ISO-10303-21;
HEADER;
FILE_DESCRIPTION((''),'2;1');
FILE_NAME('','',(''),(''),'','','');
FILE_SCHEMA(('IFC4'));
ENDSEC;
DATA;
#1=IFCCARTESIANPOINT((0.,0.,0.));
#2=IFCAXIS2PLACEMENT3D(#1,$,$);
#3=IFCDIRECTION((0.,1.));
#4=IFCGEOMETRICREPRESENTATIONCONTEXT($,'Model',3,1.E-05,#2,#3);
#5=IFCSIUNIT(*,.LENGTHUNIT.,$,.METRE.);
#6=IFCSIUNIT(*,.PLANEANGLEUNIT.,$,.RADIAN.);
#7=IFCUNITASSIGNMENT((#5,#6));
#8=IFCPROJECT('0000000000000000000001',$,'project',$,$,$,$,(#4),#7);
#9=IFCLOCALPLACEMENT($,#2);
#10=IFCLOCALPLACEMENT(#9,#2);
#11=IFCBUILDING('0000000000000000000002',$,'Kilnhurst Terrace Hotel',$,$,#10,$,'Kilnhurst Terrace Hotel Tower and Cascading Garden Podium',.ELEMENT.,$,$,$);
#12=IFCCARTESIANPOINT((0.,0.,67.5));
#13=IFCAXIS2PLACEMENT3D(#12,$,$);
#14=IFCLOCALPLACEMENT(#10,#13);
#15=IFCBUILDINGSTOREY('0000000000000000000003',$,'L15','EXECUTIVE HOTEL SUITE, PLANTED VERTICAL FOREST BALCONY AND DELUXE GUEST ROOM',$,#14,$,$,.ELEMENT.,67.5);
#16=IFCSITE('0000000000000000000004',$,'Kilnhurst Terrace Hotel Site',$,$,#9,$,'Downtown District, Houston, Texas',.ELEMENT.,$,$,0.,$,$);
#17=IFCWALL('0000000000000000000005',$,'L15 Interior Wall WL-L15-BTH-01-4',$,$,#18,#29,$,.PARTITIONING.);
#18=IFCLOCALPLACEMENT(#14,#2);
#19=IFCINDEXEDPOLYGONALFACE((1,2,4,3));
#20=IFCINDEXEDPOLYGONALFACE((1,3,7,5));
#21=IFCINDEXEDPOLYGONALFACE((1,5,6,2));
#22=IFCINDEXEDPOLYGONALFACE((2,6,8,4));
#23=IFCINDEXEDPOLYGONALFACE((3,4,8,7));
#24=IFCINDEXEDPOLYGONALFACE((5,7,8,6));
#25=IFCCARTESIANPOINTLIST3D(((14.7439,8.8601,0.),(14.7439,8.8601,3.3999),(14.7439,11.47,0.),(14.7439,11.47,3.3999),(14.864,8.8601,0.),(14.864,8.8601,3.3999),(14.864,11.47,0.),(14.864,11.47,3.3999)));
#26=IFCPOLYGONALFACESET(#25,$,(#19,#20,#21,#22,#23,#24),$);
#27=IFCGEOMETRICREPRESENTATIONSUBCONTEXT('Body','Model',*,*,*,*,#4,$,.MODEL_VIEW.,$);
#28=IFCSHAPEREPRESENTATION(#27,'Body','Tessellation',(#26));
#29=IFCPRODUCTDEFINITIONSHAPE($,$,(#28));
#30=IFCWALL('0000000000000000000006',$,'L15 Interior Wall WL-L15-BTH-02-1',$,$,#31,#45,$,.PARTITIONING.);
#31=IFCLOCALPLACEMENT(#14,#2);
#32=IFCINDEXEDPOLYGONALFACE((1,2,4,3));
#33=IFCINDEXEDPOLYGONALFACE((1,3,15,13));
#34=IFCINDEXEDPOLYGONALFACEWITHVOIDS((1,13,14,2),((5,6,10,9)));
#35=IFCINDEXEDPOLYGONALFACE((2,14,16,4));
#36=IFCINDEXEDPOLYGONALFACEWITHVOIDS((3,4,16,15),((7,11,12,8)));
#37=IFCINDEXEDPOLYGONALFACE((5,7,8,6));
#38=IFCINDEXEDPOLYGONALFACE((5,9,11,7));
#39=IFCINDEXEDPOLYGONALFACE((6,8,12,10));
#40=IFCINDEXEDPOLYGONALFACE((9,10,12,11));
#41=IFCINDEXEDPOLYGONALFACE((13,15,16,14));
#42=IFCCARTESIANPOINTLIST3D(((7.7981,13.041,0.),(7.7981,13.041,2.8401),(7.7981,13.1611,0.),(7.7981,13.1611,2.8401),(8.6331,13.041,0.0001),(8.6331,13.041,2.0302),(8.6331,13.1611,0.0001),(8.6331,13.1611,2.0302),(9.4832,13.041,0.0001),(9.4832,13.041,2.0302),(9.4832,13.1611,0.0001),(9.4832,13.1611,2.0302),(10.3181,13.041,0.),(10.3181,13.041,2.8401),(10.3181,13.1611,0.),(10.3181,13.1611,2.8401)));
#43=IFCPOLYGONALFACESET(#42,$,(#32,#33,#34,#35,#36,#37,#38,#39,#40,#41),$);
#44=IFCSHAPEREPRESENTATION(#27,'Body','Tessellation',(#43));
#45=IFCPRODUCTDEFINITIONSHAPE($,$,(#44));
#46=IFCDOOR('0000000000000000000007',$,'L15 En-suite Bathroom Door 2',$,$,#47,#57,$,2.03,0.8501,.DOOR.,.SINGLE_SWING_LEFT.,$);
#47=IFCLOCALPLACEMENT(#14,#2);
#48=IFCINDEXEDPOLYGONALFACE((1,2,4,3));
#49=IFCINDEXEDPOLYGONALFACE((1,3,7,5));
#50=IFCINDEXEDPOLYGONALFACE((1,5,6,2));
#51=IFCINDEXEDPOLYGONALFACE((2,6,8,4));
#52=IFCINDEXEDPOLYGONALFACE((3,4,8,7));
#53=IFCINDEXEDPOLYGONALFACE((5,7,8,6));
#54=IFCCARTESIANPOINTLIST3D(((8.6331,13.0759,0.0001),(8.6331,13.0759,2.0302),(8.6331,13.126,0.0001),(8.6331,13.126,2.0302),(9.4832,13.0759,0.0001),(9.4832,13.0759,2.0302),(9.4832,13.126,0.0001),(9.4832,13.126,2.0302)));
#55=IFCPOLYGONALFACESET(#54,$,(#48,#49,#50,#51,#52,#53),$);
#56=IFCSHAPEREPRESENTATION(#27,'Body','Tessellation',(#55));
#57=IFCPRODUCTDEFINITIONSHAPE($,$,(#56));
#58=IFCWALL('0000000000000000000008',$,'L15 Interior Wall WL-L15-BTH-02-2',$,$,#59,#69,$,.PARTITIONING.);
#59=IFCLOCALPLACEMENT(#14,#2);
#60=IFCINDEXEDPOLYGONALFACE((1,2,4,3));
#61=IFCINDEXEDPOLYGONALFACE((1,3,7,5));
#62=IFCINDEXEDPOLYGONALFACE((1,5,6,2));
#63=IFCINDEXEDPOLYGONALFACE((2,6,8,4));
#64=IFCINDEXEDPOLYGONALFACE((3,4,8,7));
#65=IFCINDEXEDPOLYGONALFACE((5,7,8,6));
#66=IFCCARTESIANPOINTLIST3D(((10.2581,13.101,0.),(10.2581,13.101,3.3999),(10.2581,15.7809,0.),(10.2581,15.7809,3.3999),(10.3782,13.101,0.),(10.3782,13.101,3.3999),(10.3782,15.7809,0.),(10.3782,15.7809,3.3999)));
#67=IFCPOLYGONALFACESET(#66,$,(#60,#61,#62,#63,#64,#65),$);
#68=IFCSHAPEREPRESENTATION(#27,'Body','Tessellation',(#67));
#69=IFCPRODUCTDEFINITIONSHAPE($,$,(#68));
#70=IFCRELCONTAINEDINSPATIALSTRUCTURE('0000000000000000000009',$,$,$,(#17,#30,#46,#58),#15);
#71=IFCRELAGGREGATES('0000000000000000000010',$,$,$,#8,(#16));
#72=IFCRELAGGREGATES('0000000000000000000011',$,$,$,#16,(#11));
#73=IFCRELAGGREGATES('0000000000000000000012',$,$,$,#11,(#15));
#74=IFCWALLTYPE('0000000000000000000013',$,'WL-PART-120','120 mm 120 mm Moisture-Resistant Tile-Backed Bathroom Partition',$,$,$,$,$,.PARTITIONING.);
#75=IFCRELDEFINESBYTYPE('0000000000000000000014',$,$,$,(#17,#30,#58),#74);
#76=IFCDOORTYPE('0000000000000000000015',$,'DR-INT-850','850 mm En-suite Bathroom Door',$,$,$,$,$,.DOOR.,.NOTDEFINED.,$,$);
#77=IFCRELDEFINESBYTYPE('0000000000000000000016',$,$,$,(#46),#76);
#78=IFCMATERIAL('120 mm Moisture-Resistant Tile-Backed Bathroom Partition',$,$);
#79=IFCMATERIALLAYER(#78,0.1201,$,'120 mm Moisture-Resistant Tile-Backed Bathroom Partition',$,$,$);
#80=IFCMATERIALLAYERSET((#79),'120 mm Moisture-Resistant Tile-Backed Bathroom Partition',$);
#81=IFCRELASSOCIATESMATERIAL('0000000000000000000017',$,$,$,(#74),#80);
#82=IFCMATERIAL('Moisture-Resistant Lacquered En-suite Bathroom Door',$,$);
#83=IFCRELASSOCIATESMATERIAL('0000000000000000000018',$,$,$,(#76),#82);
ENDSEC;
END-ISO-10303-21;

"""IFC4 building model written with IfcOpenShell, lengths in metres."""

from ifc_helpers import new_model, si_unit, direction, frame, frame_2d, origin, place, context, subcontext, project, spatial, rectangle, extrude, material, layer, layer_set, type_object, element, fill, save


model = new_model("IFC4")

# Units and contexts
model_context = context("Model", 3, precision=1e-05, world=origin(), true_north=direction((0.0, 1.0)))
body_context = subcontext(model_context, "Body", "Model", "MODEL_VIEW")
ifc_project = project(units=[si_unit("LENGTHUNIT", "METRE"), si_unit("PLANEANGLEUNIT", "RADIAN")], contexts=[model_context])

# Site, building, storey
site_placement = place(None, origin())
site = spatial("IfcSite", under=ifc_project, at=site_placement, Name="Kilnhurst Terrace Hotel Site", LongName="Downtown District, Houston, Texas", CompositionType="ELEMENT", RefElevation=0.0)
building_placement = place(site_placement, origin())
building = spatial("IfcBuilding", under=site, at=building_placement, Name="Kilnhurst Terrace Hotel", LongName="Kilnhurst Terrace Hotel Tower and Cascading Garden Podium", CompositionType="ELEMENT")
storey_placement = place(building_placement, frame((0.0, 0.0, 67.5)))
storey = spatial("IfcBuildingStorey", under=building, at=storey_placement, Name="L15", Description="EXECUTIVE HOTEL SUITE, PLANTED VERTICAL FOREST BALCONY AND DELUXE GUEST ROOM", CompositionType="ELEMENT", Elevation=67.5)

# Shared definitions
ifc_material_1 = material(Name="120 mm Moisture-Resistant Tile-Backed Bathroom Partition")
ifc_layer_1 = layer(ifc_material_1, 0.1201, Name="120 mm Moisture-Resistant Tile-Backed Bathroom Partition")
ifc_layer_set_1 = layer_set([ifc_layer_1], Name="120 mm Moisture-Resistant Tile-Backed Bathroom Partition")
wall_type_1 = type_object("IfcWallType", Name="WL-PART-120", Description="120 mm 120 mm Moisture-Resistant Tile-Backed Bathroom Partition", PredefinedType="PARTITIONING", material=ifc_layer_set_1)
ifc_material_2 = material(Name="Moisture-Resistant Lacquered En-suite Bathroom Door")
door_type_1 = type_object("IfcDoorType", Name="DR-INT-850", Description="850 mm En-suite Bathroom Door", OperationType="NOTDEFINED", PredefinedType="DOOR", material=ifc_material_2)

# Wall
wall_1_placement = place(storey_placement, frame((14.804, 11.47, 0.0), z_axis=(0.0, 0.0, 1.0), x_axis=(0.0, -1.0, 0.0)))
element("IfcWall", 1, at=wall_1_placement, inside=storey, type_object=wall_type_1, Name="L15 Interior Wall WL-L15-BTH-01-4", PredefinedType="PARTITIONING", context=body_context, shape_type="SweptSolid", body=[
    extrude(rectangle(XDim=2.6099, YDim=0.1201, at=frame_2d((1.3049, 0.0))), origin(), (0.0, 0.0, 1.0), 3.3999),
])

# Wall, opening, door
wall_2_placement = place(storey_placement, frame((7.7981, 13.1011, 0.0), z_axis=(0.0, 0.0, 1.0), x_axis=(1.0, 0.0, 0.0)))
wall_2 = element("IfcWall", 2, at=wall_2_placement, inside=storey, type_object=wall_type_1, Name="L15 Interior Wall WL-L15-BTH-02-1", PredefinedType="PARTITIONING", context=body_context, shape_type="SweptSolid", body=[
    extrude(rectangle(XDim=2.52, YDim=0.1201, at=frame_2d((1.26, 0.0))), origin(), (0.0, 0.0, 1.0), 2.8401),
])
opening_1_placement = place(wall_2_placement, frame((0.835, 0.0, 0.0)))
opening_1 = element("IfcOpeningElement", 3, at=opening_1_placement, cuts=wall_2, PredefinedType="OPENING", context=body_context, shape_type="SweptSolid", body=[
    extrude(rectangle(XDim=0.8501, YDim=2.03, at=frame_2d((0.425, 1.0151))), frame((0.0, 0.0701, 0.0), z_axis=(0.0, -1.0, 0.0), x_axis=(1.0, 0.0, 0.0)), (0.0, 0.0, 1.0), 0.1401),
])
door_1_placement = place(opening_1_placement, origin())
door_1 = element("IfcDoor", 4, at=door_1_placement, inside=storey, type_object=door_type_1, Name="L15 En-suite Bathroom Door 2", OperationType="SINGLE_SWING_LEFT", OverallHeight=2.03, OverallWidth=0.8501, PredefinedType="DOOR", context=body_context, shape_type="SweptSolid", body=[
    extrude(rectangle(XDim=0.8501, YDim=2.03, at=frame_2d((0.425, 1.0151))), frame((0.0, 0.0249, 0.0), z_axis=(0.0, -1.0, 0.0), x_axis=(1.0, 0.0, 0.0)), (0.0, 0.0, 1.0), 0.05),
])
fill(opening_1, door_1)

# Wall
wall_3_placement = place(storey_placement, frame((10.3181, 13.1011, 0.0), z_axis=(0.0, 0.0, 1.0), x_axis=(0.0, 1.0, 0.0)))
element("IfcWall", 5, at=wall_3_placement, inside=storey, type_object=wall_type_1, Name="L15 Interior Wall WL-L15-BTH-02-2", PredefinedType="PARTITIONING", context=body_context, shape_type="SweptSolid", body=[
    extrude(rectangle(XDim=2.6799, YDim=0.1201, at=frame_2d((1.3398, 0.0))), origin(), (0.0, 0.0, 1.0), 3.3999),
])

save(model, "model.ifc")
